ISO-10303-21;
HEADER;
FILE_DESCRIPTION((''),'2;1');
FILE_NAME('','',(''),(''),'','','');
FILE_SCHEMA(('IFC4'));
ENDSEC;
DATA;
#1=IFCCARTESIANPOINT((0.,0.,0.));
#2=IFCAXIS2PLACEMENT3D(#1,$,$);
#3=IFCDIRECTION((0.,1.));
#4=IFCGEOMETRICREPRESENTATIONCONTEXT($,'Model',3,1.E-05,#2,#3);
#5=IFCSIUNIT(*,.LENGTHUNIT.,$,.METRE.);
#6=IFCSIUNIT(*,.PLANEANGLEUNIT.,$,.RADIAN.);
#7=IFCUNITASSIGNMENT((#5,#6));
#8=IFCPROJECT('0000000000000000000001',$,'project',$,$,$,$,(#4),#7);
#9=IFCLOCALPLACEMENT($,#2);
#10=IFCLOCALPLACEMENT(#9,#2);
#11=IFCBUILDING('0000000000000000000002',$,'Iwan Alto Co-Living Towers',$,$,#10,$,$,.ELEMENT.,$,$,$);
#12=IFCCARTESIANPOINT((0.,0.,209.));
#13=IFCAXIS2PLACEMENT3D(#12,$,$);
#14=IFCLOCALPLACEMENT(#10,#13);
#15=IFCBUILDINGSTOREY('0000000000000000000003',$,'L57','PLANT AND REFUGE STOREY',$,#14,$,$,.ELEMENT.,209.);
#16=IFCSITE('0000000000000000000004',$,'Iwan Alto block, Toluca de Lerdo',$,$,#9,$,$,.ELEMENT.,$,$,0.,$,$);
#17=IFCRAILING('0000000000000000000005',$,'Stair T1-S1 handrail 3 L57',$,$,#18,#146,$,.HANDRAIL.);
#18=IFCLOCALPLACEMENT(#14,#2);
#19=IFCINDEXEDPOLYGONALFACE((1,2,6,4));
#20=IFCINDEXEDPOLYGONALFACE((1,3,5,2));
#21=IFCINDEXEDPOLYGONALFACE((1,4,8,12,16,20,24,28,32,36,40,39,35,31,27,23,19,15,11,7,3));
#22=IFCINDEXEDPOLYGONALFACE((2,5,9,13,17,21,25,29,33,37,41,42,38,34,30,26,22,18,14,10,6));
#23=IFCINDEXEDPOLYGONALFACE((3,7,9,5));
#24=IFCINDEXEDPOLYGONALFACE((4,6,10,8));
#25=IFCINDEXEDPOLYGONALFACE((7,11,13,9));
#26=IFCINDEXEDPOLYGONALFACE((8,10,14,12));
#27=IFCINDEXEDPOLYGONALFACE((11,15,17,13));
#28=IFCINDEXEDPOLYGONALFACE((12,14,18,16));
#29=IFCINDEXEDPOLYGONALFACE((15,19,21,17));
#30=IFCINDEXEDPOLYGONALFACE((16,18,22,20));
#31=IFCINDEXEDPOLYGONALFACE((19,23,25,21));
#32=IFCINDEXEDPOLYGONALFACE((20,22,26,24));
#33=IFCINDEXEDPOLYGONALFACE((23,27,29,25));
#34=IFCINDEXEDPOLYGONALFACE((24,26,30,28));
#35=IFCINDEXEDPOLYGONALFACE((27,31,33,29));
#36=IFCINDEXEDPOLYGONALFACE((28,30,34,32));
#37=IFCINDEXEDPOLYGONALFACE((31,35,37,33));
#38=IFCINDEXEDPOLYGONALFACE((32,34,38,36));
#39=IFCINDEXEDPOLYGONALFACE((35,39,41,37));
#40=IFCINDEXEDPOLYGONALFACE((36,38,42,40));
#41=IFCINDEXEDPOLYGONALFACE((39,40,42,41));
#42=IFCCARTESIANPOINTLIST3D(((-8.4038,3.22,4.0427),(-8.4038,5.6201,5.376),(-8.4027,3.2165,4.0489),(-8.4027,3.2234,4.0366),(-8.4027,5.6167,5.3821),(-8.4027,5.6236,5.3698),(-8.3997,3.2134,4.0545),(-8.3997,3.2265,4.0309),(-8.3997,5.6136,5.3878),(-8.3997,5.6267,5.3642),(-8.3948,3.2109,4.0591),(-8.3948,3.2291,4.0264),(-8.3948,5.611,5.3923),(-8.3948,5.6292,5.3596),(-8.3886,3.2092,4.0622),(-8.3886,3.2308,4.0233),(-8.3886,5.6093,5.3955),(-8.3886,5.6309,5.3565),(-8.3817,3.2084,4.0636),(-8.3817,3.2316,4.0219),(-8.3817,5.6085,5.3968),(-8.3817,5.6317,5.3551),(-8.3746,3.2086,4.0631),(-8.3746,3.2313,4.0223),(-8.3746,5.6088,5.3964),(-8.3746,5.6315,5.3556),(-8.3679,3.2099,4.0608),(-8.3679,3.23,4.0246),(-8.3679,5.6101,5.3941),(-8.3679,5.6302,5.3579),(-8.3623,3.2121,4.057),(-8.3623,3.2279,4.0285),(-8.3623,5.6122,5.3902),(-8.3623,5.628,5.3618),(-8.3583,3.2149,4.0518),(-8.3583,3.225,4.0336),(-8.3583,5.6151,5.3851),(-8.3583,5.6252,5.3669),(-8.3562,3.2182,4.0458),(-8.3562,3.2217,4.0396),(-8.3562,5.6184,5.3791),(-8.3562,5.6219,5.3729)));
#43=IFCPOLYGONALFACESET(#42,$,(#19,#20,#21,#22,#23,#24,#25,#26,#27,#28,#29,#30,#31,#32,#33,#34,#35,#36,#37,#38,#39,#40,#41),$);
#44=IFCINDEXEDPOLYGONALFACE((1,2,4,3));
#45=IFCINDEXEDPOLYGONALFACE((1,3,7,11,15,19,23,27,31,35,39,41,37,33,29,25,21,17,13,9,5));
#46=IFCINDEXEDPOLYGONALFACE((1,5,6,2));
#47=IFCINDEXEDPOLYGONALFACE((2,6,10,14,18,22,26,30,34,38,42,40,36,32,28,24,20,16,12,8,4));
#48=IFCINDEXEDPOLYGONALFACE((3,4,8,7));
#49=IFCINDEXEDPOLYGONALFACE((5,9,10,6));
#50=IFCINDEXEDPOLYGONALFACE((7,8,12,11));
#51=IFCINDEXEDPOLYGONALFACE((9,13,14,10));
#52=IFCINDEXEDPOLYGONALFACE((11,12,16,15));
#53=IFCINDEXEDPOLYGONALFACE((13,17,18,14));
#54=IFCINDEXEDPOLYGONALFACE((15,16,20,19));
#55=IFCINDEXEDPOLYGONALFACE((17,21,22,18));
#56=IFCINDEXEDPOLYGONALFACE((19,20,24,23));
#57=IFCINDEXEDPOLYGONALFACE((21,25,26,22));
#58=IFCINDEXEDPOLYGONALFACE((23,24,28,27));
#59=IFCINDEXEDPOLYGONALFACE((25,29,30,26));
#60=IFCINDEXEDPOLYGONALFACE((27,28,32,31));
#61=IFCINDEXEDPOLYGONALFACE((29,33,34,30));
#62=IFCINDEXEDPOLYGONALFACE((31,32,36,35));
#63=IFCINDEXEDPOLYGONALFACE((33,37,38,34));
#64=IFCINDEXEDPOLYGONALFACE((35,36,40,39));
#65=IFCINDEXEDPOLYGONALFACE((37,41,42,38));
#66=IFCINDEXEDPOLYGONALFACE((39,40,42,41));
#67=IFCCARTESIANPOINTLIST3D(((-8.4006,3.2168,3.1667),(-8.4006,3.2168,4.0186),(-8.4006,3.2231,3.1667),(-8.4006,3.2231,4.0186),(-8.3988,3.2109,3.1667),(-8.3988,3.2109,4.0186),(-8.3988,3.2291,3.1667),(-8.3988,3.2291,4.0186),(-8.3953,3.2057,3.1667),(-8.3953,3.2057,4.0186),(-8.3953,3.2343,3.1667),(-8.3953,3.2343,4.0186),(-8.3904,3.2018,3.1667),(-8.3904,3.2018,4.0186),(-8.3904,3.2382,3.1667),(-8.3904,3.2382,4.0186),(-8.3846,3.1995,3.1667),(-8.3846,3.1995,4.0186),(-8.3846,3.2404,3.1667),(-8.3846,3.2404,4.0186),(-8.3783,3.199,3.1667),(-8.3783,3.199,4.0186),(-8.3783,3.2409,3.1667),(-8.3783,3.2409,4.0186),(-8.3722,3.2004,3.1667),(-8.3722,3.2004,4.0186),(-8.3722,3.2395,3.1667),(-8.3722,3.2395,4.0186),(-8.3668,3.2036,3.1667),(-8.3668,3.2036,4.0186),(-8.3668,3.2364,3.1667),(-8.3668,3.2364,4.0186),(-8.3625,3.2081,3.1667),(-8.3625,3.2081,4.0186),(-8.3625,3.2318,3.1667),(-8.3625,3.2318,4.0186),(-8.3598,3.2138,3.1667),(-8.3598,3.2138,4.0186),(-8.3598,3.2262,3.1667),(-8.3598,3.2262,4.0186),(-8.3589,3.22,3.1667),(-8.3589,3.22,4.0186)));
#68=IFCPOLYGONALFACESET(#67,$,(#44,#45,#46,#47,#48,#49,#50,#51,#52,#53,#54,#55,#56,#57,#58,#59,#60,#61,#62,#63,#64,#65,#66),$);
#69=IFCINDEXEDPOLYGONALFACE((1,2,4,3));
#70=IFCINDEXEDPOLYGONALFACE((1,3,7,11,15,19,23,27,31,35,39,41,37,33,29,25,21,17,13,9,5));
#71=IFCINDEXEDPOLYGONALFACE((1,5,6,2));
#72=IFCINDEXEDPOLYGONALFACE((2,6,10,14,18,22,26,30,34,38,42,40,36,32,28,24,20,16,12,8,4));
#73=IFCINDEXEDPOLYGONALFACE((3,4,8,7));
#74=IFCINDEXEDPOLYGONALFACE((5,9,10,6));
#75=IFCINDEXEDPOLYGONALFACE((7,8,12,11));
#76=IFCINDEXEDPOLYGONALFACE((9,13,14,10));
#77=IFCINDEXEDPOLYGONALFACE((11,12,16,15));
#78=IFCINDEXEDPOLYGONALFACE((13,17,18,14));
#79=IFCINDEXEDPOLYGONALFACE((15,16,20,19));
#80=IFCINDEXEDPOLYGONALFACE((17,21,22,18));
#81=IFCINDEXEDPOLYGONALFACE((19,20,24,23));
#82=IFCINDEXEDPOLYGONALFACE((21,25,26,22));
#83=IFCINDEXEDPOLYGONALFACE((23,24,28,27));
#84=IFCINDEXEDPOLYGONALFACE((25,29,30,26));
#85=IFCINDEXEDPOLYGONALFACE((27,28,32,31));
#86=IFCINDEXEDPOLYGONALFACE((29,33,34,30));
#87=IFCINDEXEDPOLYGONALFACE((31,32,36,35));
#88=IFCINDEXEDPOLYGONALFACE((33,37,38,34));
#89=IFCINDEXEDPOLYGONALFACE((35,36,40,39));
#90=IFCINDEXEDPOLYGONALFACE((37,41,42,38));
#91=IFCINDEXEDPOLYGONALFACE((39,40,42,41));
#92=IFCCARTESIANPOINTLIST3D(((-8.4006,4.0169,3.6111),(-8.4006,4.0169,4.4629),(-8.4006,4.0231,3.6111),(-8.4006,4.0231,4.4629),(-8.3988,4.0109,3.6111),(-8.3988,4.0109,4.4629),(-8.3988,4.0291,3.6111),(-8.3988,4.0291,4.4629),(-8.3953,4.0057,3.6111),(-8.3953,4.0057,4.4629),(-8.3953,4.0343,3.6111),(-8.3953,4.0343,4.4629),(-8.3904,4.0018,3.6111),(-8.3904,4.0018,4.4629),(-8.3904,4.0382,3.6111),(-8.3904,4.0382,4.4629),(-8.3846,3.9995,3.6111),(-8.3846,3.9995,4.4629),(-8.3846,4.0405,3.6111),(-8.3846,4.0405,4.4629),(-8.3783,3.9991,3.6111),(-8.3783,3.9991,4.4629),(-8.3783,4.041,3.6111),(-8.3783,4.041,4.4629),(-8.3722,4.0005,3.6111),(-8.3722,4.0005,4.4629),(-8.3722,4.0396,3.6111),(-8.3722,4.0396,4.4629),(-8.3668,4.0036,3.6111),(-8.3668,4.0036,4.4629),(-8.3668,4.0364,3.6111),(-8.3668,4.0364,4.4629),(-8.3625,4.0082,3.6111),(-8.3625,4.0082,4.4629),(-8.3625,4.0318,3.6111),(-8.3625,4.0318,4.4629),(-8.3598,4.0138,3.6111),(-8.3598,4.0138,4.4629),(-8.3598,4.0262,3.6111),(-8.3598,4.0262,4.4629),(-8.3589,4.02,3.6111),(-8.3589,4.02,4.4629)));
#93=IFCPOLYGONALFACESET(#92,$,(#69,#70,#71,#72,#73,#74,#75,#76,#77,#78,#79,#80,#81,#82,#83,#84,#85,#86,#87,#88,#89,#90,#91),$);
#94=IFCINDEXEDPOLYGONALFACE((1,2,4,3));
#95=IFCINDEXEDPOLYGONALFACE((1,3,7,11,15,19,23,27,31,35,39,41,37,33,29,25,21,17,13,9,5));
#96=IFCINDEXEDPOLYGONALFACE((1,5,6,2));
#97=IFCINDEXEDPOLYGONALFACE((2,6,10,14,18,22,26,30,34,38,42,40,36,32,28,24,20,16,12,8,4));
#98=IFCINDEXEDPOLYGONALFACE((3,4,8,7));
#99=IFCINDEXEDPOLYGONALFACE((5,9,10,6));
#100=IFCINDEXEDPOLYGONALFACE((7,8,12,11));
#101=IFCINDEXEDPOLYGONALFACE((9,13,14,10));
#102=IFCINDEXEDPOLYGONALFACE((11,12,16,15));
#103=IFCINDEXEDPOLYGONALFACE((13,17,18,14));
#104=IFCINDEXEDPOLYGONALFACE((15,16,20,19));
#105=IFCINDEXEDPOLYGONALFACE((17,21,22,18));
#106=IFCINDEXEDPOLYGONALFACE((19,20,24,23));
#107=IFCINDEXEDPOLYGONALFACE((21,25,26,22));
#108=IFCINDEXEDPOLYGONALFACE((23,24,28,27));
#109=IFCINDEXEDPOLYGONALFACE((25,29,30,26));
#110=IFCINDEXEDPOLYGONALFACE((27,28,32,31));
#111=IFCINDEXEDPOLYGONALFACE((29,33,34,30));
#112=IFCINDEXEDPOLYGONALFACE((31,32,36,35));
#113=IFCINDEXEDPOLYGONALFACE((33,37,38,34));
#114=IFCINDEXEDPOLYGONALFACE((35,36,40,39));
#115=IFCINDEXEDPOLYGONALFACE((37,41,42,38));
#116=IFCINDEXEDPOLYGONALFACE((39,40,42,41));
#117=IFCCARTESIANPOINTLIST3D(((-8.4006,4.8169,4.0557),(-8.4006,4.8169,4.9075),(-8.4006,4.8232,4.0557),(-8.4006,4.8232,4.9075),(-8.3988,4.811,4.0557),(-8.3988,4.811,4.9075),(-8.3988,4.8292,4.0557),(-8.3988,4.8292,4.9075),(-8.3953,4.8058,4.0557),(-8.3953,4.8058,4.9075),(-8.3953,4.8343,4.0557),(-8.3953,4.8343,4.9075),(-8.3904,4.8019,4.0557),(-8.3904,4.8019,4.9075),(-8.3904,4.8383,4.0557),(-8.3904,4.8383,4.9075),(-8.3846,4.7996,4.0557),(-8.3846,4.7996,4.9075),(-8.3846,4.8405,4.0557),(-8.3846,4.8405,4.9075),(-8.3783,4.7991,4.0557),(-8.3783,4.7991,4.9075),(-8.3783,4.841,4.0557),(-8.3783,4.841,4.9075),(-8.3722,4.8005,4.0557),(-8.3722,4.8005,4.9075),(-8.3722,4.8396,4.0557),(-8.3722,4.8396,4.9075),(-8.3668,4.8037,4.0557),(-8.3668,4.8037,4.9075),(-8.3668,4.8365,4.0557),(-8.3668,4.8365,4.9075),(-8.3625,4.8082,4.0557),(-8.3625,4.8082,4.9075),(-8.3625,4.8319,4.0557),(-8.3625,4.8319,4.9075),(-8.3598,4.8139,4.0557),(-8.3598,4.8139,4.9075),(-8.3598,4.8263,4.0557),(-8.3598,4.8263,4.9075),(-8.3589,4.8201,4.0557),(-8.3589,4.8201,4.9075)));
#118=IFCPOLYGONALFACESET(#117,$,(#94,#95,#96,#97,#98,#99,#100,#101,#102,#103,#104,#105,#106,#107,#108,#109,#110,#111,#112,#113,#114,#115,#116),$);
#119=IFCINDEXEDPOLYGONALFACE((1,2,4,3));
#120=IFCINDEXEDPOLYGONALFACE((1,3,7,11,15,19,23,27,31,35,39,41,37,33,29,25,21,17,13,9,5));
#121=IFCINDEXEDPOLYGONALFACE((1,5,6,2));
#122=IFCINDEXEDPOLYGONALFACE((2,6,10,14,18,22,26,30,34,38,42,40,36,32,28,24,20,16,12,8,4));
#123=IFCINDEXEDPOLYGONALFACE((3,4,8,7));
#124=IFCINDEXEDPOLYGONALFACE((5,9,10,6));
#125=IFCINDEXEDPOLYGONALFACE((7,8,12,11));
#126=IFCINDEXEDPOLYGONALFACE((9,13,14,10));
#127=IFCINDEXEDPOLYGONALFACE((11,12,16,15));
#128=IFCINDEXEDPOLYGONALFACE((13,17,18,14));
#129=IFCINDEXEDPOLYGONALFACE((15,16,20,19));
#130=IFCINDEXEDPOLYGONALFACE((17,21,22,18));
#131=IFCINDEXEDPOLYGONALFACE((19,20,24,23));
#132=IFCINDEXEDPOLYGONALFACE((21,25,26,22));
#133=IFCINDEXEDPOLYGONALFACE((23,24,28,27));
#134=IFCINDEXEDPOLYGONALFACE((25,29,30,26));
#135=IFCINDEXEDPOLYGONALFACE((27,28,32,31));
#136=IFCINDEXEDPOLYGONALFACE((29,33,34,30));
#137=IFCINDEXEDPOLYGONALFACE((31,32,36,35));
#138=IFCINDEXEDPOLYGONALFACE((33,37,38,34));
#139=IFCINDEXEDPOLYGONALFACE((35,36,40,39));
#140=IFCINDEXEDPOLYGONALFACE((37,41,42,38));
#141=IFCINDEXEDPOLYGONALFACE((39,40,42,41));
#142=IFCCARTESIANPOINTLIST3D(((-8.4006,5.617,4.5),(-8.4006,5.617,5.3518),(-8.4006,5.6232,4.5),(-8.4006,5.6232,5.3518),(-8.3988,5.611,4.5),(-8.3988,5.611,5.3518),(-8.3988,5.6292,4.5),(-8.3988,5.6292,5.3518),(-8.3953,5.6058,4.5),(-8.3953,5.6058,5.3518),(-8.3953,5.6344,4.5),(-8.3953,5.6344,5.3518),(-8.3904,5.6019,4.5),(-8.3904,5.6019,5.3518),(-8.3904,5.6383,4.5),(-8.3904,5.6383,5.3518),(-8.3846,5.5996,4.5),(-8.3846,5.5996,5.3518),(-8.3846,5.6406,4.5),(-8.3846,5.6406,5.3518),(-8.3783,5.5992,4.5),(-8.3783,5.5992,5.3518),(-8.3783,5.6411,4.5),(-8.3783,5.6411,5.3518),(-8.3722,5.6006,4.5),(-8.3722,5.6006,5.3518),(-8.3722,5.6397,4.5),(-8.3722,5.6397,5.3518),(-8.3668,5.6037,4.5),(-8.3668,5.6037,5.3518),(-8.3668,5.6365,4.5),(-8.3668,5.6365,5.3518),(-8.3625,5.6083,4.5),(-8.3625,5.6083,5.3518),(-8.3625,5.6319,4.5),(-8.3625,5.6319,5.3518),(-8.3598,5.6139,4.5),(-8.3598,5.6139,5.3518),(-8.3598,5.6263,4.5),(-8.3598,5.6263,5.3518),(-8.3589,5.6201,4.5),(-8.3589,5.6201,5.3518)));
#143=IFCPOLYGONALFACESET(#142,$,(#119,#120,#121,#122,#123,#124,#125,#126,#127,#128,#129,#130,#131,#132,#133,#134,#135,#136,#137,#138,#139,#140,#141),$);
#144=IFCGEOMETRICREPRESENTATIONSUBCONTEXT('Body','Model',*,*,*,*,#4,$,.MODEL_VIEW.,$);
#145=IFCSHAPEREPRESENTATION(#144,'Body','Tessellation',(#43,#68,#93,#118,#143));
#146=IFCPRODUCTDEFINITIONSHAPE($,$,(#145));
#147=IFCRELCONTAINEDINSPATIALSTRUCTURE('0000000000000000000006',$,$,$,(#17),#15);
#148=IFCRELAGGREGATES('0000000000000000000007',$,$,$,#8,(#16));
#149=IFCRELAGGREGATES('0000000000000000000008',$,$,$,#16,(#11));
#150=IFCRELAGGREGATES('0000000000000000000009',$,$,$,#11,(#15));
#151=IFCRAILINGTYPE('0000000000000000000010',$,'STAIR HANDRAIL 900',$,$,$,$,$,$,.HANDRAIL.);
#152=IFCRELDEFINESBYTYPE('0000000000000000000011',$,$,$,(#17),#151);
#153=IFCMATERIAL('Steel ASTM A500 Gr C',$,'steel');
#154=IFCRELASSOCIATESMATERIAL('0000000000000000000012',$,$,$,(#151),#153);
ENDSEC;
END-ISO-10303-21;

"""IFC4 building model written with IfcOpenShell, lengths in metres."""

from ifc_helpers import new_model, si_unit, direction, frame, origin, origin_2d, place, context, subcontext, project, spatial, circle, extrude, material, type_object, element, save


model = new_model("IFC4")

# Units and contexts
model_context = context("Model", 3, precision=1e-05, world=origin(), true_north=direction((0.0, 1.0)))
body_context = subcontext(model_context, "Body", "Model", "MODEL_VIEW")
ifc_project = project(units=[si_unit("LENGTHUNIT", "METRE"), si_unit("PLANEANGLEUNIT", "RADIAN")], contexts=[model_context])

# Site, building, storey
site_placement = place(None, origin())
site = spatial("IfcSite", under=ifc_project, at=site_placement, Name="Iwan Alto block, Toluca de Lerdo", CompositionType="ELEMENT", RefElevation=0.0)
building_placement = place(site_placement, origin())
building = spatial("IfcBuilding", under=site, at=building_placement, Name="Iwan Alto Co-Living Towers", CompositionType="ELEMENT")
storey_placement = place(building_placement, frame((0.0, 0.0, 209.0)))
storey = spatial("IfcBuildingStorey", under=building, at=storey_placement, Name="L57", Description="PLANT AND REFUGE STOREY", CompositionType="ELEMENT", Elevation=209.0)

# Railing
ifc_material_1 = material(Name="Steel ASTM A500 Gr C", Category="steel")
railing_type_1 = type_object("IfcRailingType", Name="STAIR HANDRAIL 900", PredefinedType="HANDRAIL", material=ifc_material_1)
railing_1_placement = place(storey_placement, frame((-8.3799, 3.22, 3.1667)))
element("IfcRailing", 1, at=railing_1_placement, inside=storey, type_object=railing_type_1, Name="Stair T1-S1 handrail 3 L57", PredefinedType="HANDRAIL", context=body_context, shape_type="SweptSolid", body=[
    extrude(circle(Radius=0.0239, at=origin_2d()), frame((0.0, 0.0, 0.876), z_axis=(0.0, 0.874182, 0.485598), x_axis=(-1.0, 0.0, 0.0)), (0.0, 0.0, 1.0), 2.7456),
    extrude(circle(Radius=0.021, at=origin_2d()), origin(), (0.0, 0.0, 1.0), 0.8518),
    extrude(circle(Radius=0.021, at=origin_2d()), frame((0.0, 0.8, 0.4443)), (0.0, 0.0, 1.0), 0.8518),
    extrude(circle(Radius=0.021, at=origin_2d()), frame((0.0, 1.6001, 0.8889)), (0.0, 0.0, 1.0), 0.8518),
    extrude(circle(Radius=0.021, at=origin_2d()), frame((0.0, 2.4001, 1.3333)), (0.0, 0.0, 1.0), 0.8518),
])

save(model, "model.ifc")
